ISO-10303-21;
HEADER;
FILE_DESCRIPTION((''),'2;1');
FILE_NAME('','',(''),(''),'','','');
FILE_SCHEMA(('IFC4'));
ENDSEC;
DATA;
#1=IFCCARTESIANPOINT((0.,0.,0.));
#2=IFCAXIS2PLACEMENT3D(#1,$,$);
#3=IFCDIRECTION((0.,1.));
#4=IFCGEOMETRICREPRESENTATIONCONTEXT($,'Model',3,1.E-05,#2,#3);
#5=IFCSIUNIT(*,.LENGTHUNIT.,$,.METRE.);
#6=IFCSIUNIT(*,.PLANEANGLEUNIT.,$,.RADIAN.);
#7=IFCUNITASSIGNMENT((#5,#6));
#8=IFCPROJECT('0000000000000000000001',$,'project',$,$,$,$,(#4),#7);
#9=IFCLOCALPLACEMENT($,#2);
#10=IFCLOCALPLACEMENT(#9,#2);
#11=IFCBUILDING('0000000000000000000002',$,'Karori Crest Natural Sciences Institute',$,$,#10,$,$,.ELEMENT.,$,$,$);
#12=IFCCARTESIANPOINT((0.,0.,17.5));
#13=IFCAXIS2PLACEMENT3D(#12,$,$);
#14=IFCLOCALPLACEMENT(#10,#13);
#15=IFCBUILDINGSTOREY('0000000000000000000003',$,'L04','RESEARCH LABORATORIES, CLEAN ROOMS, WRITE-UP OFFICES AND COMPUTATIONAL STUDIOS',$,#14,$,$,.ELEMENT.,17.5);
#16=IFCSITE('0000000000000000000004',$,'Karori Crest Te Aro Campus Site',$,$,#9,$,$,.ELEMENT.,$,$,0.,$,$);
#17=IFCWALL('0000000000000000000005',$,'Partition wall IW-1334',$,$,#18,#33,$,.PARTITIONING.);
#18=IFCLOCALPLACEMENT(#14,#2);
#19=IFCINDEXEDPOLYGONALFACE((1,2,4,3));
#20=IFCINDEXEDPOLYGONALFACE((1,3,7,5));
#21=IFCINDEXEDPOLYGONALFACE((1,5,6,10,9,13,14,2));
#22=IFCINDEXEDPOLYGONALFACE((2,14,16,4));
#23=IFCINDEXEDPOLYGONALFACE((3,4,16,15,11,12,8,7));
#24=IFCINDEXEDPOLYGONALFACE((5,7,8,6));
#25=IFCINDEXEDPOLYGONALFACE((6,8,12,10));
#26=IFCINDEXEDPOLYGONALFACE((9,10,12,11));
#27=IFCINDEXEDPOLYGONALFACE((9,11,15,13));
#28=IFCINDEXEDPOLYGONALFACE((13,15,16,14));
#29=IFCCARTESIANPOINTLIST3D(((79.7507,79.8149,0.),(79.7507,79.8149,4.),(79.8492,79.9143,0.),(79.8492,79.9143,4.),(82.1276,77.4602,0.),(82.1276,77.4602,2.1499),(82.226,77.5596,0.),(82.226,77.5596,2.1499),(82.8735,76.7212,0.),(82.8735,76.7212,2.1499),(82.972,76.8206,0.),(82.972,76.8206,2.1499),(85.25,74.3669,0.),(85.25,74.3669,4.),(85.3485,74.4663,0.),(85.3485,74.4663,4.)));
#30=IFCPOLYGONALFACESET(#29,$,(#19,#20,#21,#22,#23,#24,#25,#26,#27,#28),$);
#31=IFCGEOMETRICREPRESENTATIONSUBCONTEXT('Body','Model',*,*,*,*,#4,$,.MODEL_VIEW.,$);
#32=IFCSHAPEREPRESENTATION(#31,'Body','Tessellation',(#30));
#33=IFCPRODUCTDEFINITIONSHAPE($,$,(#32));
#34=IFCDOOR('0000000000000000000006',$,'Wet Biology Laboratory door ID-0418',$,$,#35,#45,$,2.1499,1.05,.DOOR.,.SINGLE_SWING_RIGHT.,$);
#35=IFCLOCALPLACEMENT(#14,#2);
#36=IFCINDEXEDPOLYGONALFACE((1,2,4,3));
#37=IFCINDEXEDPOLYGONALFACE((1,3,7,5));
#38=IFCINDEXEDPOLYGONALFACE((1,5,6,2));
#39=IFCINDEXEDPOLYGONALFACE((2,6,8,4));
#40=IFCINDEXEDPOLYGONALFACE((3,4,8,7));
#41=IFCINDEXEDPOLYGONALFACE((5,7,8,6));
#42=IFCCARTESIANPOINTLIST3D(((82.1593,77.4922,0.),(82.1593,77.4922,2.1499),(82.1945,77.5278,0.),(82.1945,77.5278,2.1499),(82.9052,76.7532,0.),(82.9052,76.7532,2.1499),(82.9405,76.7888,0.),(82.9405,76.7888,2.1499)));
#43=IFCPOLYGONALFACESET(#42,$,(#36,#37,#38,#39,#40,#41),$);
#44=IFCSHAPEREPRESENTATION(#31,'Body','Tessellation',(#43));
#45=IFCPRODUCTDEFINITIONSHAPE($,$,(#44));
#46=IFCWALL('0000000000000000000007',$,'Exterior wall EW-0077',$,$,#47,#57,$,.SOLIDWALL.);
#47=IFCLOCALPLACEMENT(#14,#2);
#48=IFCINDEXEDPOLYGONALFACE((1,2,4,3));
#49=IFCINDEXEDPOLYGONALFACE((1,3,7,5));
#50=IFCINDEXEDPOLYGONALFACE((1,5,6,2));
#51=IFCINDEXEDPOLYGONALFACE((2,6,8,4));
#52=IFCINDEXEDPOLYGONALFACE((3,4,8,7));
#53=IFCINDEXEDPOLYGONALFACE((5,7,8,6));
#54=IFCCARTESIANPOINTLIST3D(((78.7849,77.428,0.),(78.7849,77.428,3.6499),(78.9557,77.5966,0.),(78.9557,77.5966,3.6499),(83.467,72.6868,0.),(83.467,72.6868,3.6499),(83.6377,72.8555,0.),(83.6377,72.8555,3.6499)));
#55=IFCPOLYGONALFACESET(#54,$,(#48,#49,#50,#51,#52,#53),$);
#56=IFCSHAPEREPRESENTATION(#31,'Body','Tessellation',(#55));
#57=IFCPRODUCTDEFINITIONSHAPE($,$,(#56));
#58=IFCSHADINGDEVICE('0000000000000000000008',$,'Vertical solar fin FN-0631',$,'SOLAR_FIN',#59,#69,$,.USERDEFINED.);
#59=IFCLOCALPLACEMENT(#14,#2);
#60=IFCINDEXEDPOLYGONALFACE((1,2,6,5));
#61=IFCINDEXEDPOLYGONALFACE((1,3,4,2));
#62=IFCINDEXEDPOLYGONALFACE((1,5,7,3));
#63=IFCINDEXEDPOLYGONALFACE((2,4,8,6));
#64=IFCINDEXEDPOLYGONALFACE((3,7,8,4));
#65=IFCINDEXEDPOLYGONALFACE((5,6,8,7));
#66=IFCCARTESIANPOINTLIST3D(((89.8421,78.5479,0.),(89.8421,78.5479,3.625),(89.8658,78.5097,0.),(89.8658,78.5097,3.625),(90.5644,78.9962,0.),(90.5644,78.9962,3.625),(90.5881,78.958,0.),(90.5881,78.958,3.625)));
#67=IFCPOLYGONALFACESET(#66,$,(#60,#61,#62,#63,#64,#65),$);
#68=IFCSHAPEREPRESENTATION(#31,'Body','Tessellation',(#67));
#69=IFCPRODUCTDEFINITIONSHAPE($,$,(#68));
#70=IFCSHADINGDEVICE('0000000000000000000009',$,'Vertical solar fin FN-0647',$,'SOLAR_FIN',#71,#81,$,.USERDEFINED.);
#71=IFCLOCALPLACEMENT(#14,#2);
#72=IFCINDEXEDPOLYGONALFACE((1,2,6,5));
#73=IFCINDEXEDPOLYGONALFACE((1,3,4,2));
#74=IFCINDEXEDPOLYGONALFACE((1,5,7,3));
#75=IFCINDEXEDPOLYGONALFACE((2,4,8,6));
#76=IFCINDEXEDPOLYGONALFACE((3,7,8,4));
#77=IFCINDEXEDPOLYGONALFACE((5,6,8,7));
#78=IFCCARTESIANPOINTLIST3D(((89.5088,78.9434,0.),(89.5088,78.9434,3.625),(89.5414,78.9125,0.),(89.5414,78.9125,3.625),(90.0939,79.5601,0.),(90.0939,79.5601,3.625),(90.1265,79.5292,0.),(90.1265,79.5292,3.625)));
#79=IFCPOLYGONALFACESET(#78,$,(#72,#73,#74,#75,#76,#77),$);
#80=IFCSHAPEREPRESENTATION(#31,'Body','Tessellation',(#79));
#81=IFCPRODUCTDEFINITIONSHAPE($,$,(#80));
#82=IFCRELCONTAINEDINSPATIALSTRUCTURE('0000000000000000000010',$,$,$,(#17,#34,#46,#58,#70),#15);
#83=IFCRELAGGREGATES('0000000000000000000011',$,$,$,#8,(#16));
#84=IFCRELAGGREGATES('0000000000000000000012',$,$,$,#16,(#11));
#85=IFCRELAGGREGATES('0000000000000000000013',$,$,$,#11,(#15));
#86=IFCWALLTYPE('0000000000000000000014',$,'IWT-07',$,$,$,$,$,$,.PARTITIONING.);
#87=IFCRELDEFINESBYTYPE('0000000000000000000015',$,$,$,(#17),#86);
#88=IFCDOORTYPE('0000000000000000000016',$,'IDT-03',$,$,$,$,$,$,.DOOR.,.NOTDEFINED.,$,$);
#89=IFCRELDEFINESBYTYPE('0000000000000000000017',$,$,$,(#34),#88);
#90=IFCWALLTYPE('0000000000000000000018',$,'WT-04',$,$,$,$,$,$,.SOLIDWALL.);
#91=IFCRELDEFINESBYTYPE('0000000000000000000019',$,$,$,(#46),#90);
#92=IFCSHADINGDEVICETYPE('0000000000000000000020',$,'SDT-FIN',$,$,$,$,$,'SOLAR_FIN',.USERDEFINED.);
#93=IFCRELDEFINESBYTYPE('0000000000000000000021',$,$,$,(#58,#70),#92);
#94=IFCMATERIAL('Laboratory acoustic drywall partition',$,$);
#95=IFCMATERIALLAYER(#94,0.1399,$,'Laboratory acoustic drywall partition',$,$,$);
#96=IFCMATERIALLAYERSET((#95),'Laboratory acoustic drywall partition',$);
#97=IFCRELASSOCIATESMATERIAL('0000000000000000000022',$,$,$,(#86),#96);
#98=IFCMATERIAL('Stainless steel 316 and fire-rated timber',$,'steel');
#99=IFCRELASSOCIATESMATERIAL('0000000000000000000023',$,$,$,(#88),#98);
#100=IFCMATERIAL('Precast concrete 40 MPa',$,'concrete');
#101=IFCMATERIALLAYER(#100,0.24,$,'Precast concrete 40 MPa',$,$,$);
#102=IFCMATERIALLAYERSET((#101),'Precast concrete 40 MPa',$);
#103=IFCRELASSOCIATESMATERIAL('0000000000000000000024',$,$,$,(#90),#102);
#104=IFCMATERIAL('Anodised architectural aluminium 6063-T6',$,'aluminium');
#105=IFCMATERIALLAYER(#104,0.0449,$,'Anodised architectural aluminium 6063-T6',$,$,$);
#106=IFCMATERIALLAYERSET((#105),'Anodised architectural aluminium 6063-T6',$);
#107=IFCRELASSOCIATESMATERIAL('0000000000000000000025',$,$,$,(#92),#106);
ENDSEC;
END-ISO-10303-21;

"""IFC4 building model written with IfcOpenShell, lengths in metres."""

from ifc_helpers import new_model, si_unit, direction, frame, frame_2d, origin, origin_2d, place, context, subcontext, project, spatial, rectangle, extrude, material, layer, layer_set, type_object, element, fill, save


model = new_model("IFC4")

# Units and contexts
model_context = context("Model", 3, precision=1e-05, world=origin(), true_north=direction((0.0, 1.0)))
body_context = subcontext(model_context, "Body", "Model", "MODEL_VIEW")
ifc_project = project(units=[si_unit("LENGTHUNIT", "METRE"), si_unit("PLANEANGLEUNIT", "RADIAN")], contexts=[model_context])

# Site, building, storey
site_placement = place(None, origin())
site = spatial("IfcSite", under=ifc_project, at=site_placement, Name="Karori Crest Te Aro Campus Site", CompositionType="ELEMENT", RefElevation=0.0)
building_placement = place(site_placement, origin())
building = spatial("IfcBuilding", under=site, at=building_placement, Name="Karori Crest Natural Sciences Institute", CompositionType="ELEMENT")
storey_placement = place(building_placement, frame((0.0, 0.0, 17.5)))
storey = spatial("IfcBuildingStorey", under=building, at=storey_placement, Name="L04", Description="RESEARCH LABORATORIES, CLEAN ROOMS, WRITE-UP OFFICES AND COMPUTATIONAL STUDIOS", CompositionType="ELEMENT", Elevation=17.5)

# Shared definitions
ifc_material_1 = material(Name="Anodised architectural aluminium 6063-T6", Category="aluminium")

# Shared definitions
ifc_material_2 = material(Name="Laboratory acoustic drywall partition")
ifc_layer_1 = layer(ifc_material_2, 0.1399, Name="Laboratory acoustic drywall partition")
ifc_layer_set_1 = layer_set([ifc_layer_1], Name="Laboratory acoustic drywall partition")
wall_type_1 = type_object("IfcWallType", Name="IWT-07", PredefinedType="PARTITIONING", material=ifc_layer_set_1)

# Wall, opening, door
wall_1_placement = place(storey_placement, frame((85.2993, 74.4165, 0.0), z_axis=(0.0, 0.0, 1.0), x_axis=(-0.710411, 0.703787, 0.0)))
wall_1 = element("IfcWall", 1, at=wall_1_placement, inside=storey, type_object=wall_type_1, Name="Partition wall IW-1334", PredefinedType="PARTITIONING", context=body_context, shape_type="SweptSolid", body=[
    extrude(rectangle(XDim=7.741, YDim=0.1399, at=frame_2d((3.8706, 0.0))), origin(), (0.0, 0.0, 1.0), 4.0),
])
opening_placement = place(wall_1_placement, frame((3.3455, 0.0, 0.0)))
opening = element("IfcOpeningElement", 2, at=opening_placement, cuts=wall_1, PredefinedType="OPENING", context=body_context, shape_type="SweptSolid", body=[
    extrude(rectangle(XDim=1.05, YDim=2.1499, at=frame_2d((0.5249, 1.075))), frame((0.0, 0.0801, 0.0), z_axis=(0.0, -1.0, 0.0), x_axis=(1.0, 0.0, 0.0)), (0.0, 0.0, 1.0), 0.1599),
])
ifc_material_3 = material(Name="Stainless steel 316 and fire-rated timber", Category="steel")
door_type = type_object("IfcDoorType", Name="IDT-03", OperationType="NOTDEFINED", PredefinedType="DOOR", material=ifc_material_3)
door_placement = place(opening_placement, origin())
door = element("IfcDoor", 3, at=door_placement, inside=storey, type_object=door_type, Name="Wet Biology Laboratory door ID-0418", OperationType="SINGLE_SWING_RIGHT", OverallHeight=2.1499, OverallWidth=1.05, PredefinedType="DOOR", context=body_context, shape_type="SweptSolid", body=[
    extrude(rectangle(XDim=1.05, YDim=2.1499, at=frame_2d((0.5249, 1.075))), frame((0.0, 0.0249, 0.0), z_axis=(0.0, -1.0, 0.0), x_axis=(1.0, 0.0, 0.0)), (0.0, 0.0, 1.0), 0.05),
])
fill(opening, door)

# Wall
ifc_material_4 = material(Name="Precast concrete 40 MPa", Category="concrete")
ifc_layer_2 = layer(ifc_material_4, 0.24, Name="Precast concrete 40 MPa")
ifc_layer_set_2 = layer_set([ifc_layer_2], Name="Precast concrete 40 MPa")
wall_type_2 = type_object("IfcWallType", Name="WT-04", PredefinedType="SOLIDWALL", material=ifc_layer_set_2)
wall_2_placement = place(storey_placement, frame((83.5522, 72.7712, 0.0), z_axis=(0.0, 0.0, 1.0), x_axis=(-0.70266, 0.711526, 0.0)))
element("IfcWall", 4, at=wall_2_placement, inside=storey, type_object=wall_type_2, Name="Exterior wall EW-0077", PredefinedType="SOLIDWALL", context=body_context, shape_type="SweptSolid", body=[
    extrude(rectangle(XDim=6.6633, YDim=0.24, at=frame_2d((3.3315, 0.0))), origin(), (0.0, 0.0, 1.0), 3.6499),
])

# Shading devices
ifc_layer_3 = layer(ifc_material_1, 0.0449, Name="Anodised architectural aluminium 6063-T6")
ifc_layer_set_3 = layer_set([ifc_layer_3], Name="Anodised architectural aluminium 6063-T6")
shading_device_type = type_object("IfcShadingDeviceType", Name="SDT-FIN", ElementType="SOLAR_FIN", PredefinedType="USERDEFINED", material=ifc_layer_set_3)
for number, where, z_axis, x_axis, name in (
    (5, (90.2151, 78.7529, 0.0), (0.0, 0.0, 1.0), (0.849662, 0.527328, 0.0), "Vertical solar fin FN-0631"),
    (6, (89.8176, 79.2363, 0.0), (0.0, 0.0, 1.0), (0.688252, 0.725472, 0.0), "Vertical solar fin FN-0647"),
):
    element("IfcShadingDevice", number, at=place(storey_placement, frame(where, z_axis=z_axis, x_axis=x_axis)), inside=storey, type_object=shading_device_type, Name=name, ObjectType="SOLAR_FIN", PredefinedType="USERDEFINED", context=body_context, shape_type="SweptSolid", body=[
        extrude(rectangle(XDim=0.8501, YDim=0.0449, at=origin_2d()), origin(), (0.0, 0.0, 1.0), 3.625),
    ])

save(model, "model.ifc")
